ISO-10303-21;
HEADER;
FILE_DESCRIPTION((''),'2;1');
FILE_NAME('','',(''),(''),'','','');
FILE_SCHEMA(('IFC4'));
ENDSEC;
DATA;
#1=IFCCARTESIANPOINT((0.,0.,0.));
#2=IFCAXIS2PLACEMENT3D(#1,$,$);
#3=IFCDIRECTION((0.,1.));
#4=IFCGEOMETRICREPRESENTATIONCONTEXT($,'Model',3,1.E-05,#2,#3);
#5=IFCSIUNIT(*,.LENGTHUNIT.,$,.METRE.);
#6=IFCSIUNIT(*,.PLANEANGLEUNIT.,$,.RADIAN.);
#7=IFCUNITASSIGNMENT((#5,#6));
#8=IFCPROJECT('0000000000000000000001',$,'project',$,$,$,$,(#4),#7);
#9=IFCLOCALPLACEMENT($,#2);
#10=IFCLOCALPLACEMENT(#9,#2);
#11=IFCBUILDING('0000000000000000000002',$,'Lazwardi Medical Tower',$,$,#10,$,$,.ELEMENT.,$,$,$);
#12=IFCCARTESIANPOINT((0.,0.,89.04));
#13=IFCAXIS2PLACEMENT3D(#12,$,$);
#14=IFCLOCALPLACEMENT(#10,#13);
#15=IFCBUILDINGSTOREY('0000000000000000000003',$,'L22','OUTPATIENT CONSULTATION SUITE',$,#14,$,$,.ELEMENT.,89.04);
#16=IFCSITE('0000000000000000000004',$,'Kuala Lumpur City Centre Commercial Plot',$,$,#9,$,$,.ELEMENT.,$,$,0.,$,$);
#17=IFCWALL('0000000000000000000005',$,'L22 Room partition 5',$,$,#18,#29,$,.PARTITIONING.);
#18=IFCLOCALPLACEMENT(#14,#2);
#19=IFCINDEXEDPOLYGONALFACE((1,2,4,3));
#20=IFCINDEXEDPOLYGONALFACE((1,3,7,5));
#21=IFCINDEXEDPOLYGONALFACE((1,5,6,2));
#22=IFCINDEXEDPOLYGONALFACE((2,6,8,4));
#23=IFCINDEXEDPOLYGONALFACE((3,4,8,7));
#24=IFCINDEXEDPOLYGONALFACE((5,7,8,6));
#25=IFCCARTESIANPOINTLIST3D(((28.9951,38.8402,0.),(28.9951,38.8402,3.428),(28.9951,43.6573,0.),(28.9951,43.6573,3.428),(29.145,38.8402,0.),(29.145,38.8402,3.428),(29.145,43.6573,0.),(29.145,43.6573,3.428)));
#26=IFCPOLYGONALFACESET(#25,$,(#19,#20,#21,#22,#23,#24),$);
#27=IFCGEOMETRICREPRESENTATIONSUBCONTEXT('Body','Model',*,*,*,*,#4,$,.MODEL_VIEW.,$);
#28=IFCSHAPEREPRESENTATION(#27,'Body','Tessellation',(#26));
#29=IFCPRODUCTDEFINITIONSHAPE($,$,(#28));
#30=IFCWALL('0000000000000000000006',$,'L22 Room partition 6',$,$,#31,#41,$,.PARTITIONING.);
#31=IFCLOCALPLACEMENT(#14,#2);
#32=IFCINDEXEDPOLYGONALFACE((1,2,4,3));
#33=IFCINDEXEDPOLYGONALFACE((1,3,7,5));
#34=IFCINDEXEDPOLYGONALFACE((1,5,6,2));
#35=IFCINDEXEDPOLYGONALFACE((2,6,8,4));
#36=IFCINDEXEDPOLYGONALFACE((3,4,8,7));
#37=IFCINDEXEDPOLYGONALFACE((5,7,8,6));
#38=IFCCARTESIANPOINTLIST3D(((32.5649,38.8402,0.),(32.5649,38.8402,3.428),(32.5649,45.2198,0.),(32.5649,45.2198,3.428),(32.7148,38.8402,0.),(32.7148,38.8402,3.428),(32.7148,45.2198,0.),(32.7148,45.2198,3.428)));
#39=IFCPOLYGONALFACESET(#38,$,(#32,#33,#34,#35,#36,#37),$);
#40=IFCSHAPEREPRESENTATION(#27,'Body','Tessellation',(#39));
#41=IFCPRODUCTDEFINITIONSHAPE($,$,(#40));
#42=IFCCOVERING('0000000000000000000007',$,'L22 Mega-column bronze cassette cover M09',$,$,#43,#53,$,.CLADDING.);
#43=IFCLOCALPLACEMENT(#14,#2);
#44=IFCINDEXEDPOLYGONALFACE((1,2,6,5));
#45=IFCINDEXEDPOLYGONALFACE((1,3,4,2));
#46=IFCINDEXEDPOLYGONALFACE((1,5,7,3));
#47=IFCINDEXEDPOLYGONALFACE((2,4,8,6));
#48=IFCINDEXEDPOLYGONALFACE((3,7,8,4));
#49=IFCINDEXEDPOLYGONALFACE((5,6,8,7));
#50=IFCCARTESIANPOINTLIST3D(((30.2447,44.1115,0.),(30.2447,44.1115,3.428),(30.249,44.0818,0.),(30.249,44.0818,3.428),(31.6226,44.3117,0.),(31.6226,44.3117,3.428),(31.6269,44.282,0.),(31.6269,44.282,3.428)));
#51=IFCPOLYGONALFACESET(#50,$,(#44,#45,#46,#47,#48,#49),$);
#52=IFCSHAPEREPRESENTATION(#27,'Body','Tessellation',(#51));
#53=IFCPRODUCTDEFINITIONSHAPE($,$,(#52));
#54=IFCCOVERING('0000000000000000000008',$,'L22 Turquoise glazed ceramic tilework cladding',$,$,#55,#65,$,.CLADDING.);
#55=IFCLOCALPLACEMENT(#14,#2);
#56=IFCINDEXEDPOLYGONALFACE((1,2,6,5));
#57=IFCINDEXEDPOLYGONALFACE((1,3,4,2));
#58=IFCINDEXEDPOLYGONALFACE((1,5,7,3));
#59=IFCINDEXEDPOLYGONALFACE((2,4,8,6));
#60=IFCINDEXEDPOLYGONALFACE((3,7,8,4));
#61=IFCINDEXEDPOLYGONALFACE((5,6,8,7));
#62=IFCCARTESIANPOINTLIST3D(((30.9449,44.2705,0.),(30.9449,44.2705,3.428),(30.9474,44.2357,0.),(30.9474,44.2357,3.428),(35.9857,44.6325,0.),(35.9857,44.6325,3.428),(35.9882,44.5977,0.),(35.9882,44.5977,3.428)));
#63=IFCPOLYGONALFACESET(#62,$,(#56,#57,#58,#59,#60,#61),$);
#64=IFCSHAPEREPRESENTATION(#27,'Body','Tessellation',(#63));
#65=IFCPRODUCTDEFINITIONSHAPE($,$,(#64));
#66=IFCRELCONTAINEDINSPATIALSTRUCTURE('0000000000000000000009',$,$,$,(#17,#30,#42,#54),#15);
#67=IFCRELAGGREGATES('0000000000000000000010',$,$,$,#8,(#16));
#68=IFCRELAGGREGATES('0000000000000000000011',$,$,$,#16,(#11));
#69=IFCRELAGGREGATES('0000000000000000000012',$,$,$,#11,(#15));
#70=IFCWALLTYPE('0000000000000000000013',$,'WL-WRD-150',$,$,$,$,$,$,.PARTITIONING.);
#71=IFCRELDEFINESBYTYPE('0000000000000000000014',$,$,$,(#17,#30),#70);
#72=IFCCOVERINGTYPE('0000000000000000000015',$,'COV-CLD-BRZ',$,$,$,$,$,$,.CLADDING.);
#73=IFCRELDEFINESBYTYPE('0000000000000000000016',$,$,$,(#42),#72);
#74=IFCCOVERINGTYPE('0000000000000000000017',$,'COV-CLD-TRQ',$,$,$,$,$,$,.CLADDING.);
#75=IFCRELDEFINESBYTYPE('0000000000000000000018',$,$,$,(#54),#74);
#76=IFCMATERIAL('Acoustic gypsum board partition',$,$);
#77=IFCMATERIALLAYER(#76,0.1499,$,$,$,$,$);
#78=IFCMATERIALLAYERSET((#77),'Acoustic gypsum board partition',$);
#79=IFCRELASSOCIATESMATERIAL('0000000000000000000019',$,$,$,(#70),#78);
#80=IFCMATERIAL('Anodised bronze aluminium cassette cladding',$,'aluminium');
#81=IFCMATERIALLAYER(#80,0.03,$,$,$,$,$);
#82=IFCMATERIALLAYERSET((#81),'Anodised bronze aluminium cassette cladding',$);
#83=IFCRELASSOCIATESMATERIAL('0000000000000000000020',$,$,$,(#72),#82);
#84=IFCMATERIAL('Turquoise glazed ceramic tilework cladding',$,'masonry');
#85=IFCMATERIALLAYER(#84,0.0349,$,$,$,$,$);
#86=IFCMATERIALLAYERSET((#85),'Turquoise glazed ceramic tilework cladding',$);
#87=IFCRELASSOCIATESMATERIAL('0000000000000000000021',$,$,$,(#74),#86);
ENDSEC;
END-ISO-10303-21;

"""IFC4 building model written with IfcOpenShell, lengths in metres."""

from ifc_helpers import new_model, si_unit, direction, frame, frame_2d, origin, origin_2d, place, context, subcontext, project, spatial, rectangle, extrude, material, layer, layer_set, type_object, element, save


model = new_model("IFC4")

# Units and contexts
model_context = context("Model", 3, precision=1e-05, world=origin(), true_north=direction((0.0, 1.0)))
body_context = subcontext(model_context, "Body", "Model", "MODEL_VIEW")
ifc_project = project(units=[si_unit("LENGTHUNIT", "METRE"), si_unit("PLANEANGLEUNIT", "RADIAN")], contexts=[model_context])

# Site, building, storey
site_placement = place(None, origin())
site = spatial("IfcSite", under=ifc_project, at=site_placement, Name="Kuala Lumpur City Centre Commercial Plot", CompositionType="ELEMENT", RefElevation=0.0)
building_placement = place(site_placement, origin())
building = spatial("IfcBuilding", under=site, at=building_placement, Name="Lazwardi Medical Tower", CompositionType="ELEMENT")
storey_placement = place(building_placement, frame((0.0, 0.0, 89.04)))
storey = spatial("IfcBuildingStorey", under=building, at=storey_placement, Name="L22", Description="OUTPATIENT CONSULTATION SUITE", CompositionType="ELEMENT", Elevation=89.04)

# Walls
ifc_material_1 = material(Name="Acoustic gypsum board partition")
ifc_layer_1 = layer(ifc_material_1, 0.1499)
ifc_layer_set_1 = layer_set([ifc_layer_1], Name="Acoustic gypsum board partition")
wall_type_1 = type_object("IfcWallType", Name="WL-WRD-150", PredefinedType="PARTITIONING", material=ifc_layer_set_1)
wall_1_placement = place(storey_placement, frame((29.0701, 38.8401, 0.0), z_axis=(0.0, 0.0, 1.0), x_axis=(0.0, 1.0, 0.0)))
element("IfcWall", 1, at=wall_1_placement, inside=storey, type_object=wall_type_1, Name="L22 Room partition 5", PredefinedType="PARTITIONING", context=body_context, shape_type="SweptSolid", body=[
    extrude(rectangle(XDim=4.8171, YDim=0.1499, at=frame_2d((2.4087, 0.0))), origin(), (0.0, 0.0, 1.0), 3.428),
])
wall_2_placement = place(storey_placement, frame((32.6399, 38.8401, 0.0), z_axis=(0.0, 0.0, 1.0), x_axis=(0.0, 1.0, 0.0)))
element("IfcWall", 2, at=wall_2_placement, inside=storey, type_object=wall_type_1, Name="L22 Room partition 6", PredefinedType="PARTITIONING", context=body_context, shape_type="SweptSolid", body=[
    extrude(rectangle(XDim=6.3796, YDim=0.1499, at=frame_2d((3.1899, 0.0))), origin(), (0.0, 0.0, 1.0), 3.428),
])

# Coverings
ifc_material_2 = material(Name="Anodised bronze aluminium cassette cladding", Category="aluminium")
ifc_layer_2 = layer(ifc_material_2, 0.03)
ifc_layer_set_2 = layer_set([ifc_layer_2], Name="Anodised bronze aluminium cassette cladding")
covering_type_1 = type_object("IfcCoveringType", Name="COV-CLD-BRZ", PredefinedType="CLADDING", material=ifc_layer_set_2)
covering_1_placement = place(storey_placement, frame((30.9358, 44.1968, 0.0), z_axis=(0.0, 0.0, 1.0), x_axis=(-0.989609, -0.143785, 0.0)))
element("IfcCovering", 3, at=covering_1_placement, inside=storey, type_object=covering_type_1, Name="L22 Mega-column bronze cassette cover M09", PredefinedType="CLADDING", context=body_context, shape_type="SweptSolid", body=[
    extrude(rectangle(XDim=1.3923, YDim=0.03, at=origin_2d()), origin(), (0.0, 0.0, 1.0), 3.428),
])
ifc_material_3 = material(Name="Turquoise glazed ceramic tilework cladding", Category="masonry")
ifc_layer_3 = layer(ifc_material_3, 0.0349)
ifc_layer_set_3 = layer_set([ifc_layer_3], Name="Turquoise glazed ceramic tilework cladding")
covering_type_2 = type_object("IfcCoveringType", Name="COV-CLD-TRQ", PredefinedType="CLADDING", material=ifc_layer_set_3)
covering_2_placement = place(storey_placement, frame((33.4666, 44.4341, 0.0), z_axis=(0.0, 0.0, 1.0), x_axis=(-0.997431, -0.071631, 0.0)))
element("IfcCovering", 4, at=covering_2_placement, inside=storey, type_object=covering_type_2, Name="L22 Turquoise glazed ceramic tilework cladding", PredefinedType="CLADDING", context=body_context, shape_type="SweptSolid", body=[
    extrude(rectangle(XDim=5.0537, YDim=0.0349, at=origin_2d()), origin(), (0.0, 0.0, 1.0), 3.428),
])

save(model, "model.ifc")
